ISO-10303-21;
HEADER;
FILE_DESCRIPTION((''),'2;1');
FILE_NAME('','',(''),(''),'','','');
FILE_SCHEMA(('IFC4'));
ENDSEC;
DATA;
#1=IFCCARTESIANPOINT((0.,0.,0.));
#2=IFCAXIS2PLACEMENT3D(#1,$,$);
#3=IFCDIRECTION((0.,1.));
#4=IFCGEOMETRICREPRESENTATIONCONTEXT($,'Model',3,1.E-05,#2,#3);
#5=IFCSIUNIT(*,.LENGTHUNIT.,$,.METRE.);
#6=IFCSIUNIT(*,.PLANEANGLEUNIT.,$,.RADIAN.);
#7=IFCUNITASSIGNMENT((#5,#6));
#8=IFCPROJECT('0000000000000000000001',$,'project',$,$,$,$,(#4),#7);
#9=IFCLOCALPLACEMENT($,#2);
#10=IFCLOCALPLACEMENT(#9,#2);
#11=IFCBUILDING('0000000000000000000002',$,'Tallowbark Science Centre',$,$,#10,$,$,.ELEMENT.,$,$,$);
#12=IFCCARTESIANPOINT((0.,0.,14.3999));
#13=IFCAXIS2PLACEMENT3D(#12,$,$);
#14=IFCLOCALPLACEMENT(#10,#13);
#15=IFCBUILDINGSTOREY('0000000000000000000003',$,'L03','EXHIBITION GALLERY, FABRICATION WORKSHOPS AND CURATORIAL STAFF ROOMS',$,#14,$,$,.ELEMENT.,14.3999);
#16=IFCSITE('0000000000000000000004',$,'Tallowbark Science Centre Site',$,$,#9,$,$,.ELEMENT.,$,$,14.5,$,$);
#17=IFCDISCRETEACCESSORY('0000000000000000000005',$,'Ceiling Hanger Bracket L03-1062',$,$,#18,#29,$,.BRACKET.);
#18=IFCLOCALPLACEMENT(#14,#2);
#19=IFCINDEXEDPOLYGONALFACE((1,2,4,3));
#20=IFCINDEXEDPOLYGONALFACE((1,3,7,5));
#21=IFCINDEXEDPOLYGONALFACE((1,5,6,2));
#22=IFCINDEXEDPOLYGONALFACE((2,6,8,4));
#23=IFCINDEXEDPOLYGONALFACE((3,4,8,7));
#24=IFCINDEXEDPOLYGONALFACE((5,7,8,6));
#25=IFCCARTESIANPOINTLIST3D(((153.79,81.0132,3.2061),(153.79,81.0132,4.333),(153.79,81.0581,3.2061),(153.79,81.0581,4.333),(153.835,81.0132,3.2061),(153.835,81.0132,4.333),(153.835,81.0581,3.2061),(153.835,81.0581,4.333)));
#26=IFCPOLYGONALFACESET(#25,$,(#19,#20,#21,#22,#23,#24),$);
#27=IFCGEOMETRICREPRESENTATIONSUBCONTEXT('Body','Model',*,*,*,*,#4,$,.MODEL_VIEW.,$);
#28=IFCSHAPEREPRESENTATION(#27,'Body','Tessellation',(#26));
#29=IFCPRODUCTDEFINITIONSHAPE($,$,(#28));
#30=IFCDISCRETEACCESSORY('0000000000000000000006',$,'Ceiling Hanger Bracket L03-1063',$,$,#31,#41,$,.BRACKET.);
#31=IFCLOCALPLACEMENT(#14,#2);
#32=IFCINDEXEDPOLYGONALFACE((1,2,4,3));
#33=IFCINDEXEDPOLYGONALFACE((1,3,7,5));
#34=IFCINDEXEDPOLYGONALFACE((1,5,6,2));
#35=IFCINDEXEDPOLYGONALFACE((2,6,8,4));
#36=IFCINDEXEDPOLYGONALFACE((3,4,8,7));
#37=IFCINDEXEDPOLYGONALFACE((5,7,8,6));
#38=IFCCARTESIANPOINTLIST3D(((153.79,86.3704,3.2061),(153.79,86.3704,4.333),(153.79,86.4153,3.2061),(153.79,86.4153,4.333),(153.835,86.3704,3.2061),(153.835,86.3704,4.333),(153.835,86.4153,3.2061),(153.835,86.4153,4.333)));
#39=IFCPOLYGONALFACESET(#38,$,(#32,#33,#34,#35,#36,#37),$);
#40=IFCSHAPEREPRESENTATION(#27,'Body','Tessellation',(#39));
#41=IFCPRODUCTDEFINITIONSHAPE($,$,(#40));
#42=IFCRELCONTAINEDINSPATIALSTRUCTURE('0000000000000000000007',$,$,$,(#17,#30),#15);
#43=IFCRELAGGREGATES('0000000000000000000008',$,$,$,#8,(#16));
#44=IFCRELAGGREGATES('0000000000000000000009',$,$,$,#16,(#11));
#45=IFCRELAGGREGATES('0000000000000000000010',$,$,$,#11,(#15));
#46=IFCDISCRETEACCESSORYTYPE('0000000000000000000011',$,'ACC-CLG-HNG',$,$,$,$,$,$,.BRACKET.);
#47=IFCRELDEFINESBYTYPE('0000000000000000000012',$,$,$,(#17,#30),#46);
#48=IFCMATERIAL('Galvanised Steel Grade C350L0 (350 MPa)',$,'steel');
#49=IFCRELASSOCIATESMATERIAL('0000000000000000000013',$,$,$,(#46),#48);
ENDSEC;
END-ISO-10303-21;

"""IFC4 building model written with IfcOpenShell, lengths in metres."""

from ifc_helpers import new_model, si_unit, direction, frame, origin, origin_2d, place, context, subcontext, project, spatial, rectangle, extrude, material, type_object, element, save


model = new_model("IFC4")

# Units and contexts
model_context = context("Model", 3, precision=1e-05, world=origin(), true_north=direction((0.0, 1.0)))
body_context = subcontext(model_context, "Body", "Model", "MODEL_VIEW")
ifc_project = project(units=[si_unit("LENGTHUNIT", "METRE"), si_unit("PLANEANGLEUNIT", "RADIAN")], contexts=[model_context])

# Site, building, storey
site_placement = place(None, origin())
site = spatial("IfcSite", under=ifc_project, at=site_placement, Name="Tallowbark Science Centre Site", CompositionType="ELEMENT", RefElevation=14.5)
building_placement = place(site_placement, origin())
building = spatial("IfcBuilding", under=site, at=building_placement, Name="Tallowbark Science Centre", CompositionType="ELEMENT")
storey_placement = place(building_placement, frame((0.0, 0.0, 14.3999)))
storey = spatial("IfcBuildingStorey", under=building, at=storey_placement, Name="L03", Description="EXHIBITION GALLERY, FABRICATION WORKSHOPS AND CURATORIAL STAFF ROOMS", CompositionType="ELEMENT", Elevation=14.3999)

# Discrete accessories
ifc_material_1 = material(Name="Galvanised Steel Grade C350L0 (350 MPa)", Category="steel")
discrete_accessory_type = type_object("IfcDiscreteAccessoryType", Name="ACC-CLG-HNG", PredefinedType="BRACKET", material=ifc_material_1)
for number, where, z_axis, x_axis, name in (
    (1, (153.8125, 81.0356, 3.2061), (0.0, 0.0, 1.0), (1.0, 0.0, 0.0), "Ceiling Hanger Bracket L03-1062"),
    (2, (153.8125, 86.3928, 3.2061), (0.0, 0.0, 1.0), (1.0, 0.0, 0.0), "Ceiling Hanger Bracket L03-1063"),
):
    element("IfcDiscreteAccessory", number, at=place(storey_placement, frame(where, z_axis=z_axis, x_axis=x_axis)), inside=storey, type_object=discrete_accessory_type, Name=name, PredefinedType="BRACKET", context=body_context, shape_type="SweptSolid", body=[
        extrude(rectangle(XDim=0.0449, YDim=0.0449, at=origin_2d()), origin(), (0.0, 0.0, 1.0), 1.127),
    ])

save(model, "model.ifc")
